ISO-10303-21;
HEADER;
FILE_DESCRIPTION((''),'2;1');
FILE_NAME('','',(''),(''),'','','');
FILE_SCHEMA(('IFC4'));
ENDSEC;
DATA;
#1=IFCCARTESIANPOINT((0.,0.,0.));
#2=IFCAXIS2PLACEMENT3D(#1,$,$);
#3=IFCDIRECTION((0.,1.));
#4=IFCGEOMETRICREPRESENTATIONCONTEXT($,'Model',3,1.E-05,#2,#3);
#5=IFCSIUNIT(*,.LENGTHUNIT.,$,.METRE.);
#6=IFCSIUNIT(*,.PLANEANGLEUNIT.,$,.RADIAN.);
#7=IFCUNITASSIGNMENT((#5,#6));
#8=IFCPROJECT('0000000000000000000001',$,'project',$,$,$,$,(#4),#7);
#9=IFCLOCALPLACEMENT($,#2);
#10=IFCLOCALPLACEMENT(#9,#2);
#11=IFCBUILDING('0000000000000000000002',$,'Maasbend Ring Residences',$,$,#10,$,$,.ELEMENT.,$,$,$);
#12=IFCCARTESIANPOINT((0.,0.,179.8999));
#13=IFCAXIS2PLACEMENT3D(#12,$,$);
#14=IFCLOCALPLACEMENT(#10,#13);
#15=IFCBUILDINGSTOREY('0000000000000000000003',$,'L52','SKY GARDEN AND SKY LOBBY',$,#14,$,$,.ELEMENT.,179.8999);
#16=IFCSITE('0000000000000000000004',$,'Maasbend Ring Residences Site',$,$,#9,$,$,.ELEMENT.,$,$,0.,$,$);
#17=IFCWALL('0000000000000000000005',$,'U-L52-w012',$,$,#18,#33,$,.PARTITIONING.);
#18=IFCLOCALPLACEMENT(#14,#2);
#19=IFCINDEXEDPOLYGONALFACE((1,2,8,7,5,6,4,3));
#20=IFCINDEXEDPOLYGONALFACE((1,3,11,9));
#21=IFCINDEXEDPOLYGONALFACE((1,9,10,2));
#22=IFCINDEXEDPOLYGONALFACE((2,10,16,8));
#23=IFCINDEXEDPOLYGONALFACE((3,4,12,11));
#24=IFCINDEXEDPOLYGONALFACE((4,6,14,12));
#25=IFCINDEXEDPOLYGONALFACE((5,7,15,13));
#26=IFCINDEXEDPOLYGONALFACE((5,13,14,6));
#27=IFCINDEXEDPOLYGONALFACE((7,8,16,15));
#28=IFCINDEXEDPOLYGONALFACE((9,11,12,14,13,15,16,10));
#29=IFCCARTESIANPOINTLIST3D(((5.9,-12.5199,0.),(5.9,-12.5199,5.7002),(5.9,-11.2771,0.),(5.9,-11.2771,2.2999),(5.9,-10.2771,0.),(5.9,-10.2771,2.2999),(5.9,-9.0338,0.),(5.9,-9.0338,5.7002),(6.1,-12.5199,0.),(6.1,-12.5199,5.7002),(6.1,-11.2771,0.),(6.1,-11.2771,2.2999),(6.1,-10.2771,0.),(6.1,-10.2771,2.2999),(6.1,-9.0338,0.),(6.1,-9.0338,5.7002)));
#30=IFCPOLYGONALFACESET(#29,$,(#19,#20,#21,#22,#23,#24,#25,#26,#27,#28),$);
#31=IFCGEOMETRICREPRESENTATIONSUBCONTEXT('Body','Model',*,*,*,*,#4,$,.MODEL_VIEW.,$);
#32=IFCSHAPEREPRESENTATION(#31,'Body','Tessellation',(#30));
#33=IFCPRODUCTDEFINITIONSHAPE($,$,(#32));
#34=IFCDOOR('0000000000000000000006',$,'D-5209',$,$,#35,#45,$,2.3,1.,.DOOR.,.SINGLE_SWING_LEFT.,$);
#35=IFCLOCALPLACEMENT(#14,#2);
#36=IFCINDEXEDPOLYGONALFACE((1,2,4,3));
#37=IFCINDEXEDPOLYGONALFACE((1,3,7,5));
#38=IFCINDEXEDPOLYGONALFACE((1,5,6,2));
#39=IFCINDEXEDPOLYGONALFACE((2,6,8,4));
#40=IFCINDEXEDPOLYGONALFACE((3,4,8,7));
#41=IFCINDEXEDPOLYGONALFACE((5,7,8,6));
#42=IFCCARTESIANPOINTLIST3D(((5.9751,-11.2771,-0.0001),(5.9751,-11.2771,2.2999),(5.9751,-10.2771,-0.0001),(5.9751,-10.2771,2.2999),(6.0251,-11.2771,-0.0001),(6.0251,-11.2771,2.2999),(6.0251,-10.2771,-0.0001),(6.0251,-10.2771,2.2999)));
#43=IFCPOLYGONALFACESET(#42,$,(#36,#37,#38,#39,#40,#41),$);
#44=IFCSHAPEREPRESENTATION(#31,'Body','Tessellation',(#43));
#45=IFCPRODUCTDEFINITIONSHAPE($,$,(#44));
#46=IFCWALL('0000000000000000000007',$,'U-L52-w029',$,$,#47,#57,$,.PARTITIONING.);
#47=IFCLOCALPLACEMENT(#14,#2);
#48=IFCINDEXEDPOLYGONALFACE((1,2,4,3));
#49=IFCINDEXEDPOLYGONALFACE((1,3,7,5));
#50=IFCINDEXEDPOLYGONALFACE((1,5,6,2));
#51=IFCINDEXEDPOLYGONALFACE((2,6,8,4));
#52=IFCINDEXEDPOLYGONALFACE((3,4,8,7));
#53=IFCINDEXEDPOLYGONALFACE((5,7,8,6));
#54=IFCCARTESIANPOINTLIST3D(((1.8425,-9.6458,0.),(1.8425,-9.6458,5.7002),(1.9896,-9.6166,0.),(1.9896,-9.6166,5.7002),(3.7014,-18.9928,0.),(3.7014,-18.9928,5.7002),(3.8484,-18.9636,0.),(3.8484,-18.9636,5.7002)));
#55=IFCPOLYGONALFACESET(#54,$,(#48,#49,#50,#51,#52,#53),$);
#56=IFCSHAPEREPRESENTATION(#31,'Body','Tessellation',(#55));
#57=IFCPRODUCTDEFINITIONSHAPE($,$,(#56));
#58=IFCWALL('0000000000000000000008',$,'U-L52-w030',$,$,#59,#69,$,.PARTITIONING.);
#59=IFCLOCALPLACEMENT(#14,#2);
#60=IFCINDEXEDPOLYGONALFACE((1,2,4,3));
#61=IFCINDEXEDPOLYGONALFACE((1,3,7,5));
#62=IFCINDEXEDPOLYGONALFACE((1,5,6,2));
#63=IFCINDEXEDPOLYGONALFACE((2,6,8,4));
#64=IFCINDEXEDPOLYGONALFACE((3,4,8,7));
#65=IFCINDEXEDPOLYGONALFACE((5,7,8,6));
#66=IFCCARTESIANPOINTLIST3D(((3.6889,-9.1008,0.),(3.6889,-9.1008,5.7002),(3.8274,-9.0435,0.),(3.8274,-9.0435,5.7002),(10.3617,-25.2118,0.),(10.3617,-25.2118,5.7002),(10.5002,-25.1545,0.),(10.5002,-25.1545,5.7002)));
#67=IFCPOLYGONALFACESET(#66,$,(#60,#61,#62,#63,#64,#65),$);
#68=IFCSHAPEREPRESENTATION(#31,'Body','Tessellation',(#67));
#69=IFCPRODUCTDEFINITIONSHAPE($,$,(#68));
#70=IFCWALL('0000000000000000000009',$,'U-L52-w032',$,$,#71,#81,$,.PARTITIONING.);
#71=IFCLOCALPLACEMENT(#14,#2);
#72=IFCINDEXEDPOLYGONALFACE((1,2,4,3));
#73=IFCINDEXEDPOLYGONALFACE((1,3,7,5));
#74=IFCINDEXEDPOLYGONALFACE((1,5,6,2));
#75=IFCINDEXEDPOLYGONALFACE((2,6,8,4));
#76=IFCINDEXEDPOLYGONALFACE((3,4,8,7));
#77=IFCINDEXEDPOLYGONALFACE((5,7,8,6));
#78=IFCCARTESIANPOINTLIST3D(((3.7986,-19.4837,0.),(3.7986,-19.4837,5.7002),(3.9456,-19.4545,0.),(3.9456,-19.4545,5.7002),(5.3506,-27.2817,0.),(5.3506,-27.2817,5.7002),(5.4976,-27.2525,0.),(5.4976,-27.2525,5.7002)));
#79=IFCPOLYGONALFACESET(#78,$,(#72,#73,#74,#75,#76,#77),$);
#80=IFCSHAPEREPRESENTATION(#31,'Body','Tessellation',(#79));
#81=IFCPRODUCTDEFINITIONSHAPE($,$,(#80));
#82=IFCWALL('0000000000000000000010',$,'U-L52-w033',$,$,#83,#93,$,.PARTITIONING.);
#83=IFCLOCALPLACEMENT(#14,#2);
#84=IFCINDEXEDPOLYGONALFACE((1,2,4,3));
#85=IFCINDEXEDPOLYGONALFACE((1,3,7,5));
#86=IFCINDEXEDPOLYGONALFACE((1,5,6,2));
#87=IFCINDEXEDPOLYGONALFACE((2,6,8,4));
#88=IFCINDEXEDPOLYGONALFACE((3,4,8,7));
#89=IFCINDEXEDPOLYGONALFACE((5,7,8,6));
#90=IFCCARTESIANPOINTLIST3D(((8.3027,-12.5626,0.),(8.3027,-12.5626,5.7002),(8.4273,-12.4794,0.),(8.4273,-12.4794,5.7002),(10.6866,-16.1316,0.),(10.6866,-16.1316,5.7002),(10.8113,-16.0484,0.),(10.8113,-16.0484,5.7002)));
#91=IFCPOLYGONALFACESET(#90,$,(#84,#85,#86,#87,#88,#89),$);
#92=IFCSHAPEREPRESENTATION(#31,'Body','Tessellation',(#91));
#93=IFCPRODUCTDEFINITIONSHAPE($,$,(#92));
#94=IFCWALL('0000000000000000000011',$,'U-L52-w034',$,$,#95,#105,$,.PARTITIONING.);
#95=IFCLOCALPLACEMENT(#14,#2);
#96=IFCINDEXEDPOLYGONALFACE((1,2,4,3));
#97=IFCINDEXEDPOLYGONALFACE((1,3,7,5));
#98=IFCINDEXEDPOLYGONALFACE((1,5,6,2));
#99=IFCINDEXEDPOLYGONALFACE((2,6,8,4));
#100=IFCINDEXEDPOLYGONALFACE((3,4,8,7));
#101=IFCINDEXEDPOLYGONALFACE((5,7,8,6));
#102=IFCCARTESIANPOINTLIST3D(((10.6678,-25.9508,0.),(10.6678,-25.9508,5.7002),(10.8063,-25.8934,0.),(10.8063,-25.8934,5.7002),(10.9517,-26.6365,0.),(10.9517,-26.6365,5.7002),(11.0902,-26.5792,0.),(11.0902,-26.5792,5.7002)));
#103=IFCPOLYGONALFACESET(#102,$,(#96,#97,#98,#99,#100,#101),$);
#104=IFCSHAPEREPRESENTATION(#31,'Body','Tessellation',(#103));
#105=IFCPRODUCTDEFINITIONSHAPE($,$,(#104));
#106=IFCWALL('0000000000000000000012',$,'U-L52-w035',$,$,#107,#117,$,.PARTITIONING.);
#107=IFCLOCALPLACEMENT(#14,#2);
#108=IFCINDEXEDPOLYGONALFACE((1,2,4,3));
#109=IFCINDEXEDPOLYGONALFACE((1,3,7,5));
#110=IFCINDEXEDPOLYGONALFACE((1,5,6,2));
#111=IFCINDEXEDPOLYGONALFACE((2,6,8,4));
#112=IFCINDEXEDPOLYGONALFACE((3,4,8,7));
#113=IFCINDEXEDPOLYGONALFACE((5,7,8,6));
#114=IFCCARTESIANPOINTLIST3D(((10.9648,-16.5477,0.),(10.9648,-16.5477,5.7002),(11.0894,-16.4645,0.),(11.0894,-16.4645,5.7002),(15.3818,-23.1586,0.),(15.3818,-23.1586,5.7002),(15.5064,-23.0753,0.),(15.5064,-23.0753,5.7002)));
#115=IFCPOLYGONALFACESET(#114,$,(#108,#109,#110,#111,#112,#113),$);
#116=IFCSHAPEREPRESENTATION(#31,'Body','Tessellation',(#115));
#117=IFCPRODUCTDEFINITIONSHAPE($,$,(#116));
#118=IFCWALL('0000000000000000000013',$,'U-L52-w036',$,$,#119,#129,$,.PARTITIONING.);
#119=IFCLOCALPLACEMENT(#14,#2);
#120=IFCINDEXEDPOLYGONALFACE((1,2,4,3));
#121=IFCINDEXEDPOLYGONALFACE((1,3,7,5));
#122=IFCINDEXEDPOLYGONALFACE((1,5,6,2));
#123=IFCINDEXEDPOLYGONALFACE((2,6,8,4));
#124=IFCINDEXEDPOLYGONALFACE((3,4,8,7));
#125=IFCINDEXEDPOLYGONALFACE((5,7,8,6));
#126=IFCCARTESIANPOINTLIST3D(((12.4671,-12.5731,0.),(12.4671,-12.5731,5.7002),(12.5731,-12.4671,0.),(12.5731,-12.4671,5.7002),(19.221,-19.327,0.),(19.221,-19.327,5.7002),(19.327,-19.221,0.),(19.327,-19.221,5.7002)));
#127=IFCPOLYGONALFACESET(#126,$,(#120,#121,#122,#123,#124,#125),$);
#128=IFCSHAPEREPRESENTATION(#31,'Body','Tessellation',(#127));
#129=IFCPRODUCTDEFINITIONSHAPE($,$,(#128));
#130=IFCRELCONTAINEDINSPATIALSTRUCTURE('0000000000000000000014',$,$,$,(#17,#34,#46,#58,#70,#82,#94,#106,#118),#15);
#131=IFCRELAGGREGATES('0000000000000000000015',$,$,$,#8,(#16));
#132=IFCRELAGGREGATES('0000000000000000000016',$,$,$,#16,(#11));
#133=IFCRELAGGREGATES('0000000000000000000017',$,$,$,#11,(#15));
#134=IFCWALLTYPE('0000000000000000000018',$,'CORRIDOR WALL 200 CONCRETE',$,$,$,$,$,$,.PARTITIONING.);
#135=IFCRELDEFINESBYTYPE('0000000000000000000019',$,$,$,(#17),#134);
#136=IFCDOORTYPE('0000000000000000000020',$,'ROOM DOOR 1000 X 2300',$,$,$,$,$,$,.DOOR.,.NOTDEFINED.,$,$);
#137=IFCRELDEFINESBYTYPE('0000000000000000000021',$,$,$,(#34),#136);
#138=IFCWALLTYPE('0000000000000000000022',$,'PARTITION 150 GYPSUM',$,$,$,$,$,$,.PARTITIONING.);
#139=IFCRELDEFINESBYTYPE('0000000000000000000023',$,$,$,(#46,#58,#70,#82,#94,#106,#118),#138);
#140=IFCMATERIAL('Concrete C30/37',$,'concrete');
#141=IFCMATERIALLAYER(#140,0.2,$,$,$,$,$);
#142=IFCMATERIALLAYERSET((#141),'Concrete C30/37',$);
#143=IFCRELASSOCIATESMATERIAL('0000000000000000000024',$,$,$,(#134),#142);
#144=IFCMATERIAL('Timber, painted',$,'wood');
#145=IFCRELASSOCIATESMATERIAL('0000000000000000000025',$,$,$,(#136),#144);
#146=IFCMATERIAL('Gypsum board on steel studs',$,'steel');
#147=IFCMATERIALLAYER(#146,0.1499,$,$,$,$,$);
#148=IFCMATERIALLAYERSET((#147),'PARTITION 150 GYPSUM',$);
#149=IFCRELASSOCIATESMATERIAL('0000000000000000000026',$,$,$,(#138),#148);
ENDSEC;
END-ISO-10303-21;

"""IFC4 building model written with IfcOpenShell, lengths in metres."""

from ifc_helpers import new_model, si_unit, direction, frame, frame_2d, origin, place, context, subcontext, project, spatial, rectangle, extrude, material, layer, layer_set, type_object, element, fill, save


model = new_model("IFC4")

# Units and contexts
model_context = context("Model", 3, precision=1e-05, world=origin(), true_north=direction((0.0, 1.0)))
body_context = subcontext(model_context, "Body", "Model", "MODEL_VIEW")
ifc_project = project(units=[si_unit("LENGTHUNIT", "METRE"), si_unit("PLANEANGLEUNIT", "RADIAN")], contexts=[model_context])

# Site, building, storey
site_placement = place(None, origin())
site = spatial("IfcSite", under=ifc_project, at=site_placement, Name="Maasbend Ring Residences Site", CompositionType="ELEMENT", RefElevation=0.0)
building_placement = place(site_placement, origin())
building = spatial("IfcBuilding", under=site, at=building_placement, Name="Maasbend Ring Residences", CompositionType="ELEMENT")
storey_placement = place(building_placement, frame((0.0, 0.0, 179.8999)))
storey = spatial("IfcBuildingStorey", under=building, at=storey_placement, Name="L52", Description="SKY GARDEN AND SKY LOBBY", CompositionType="ELEMENT", Elevation=179.8999)

# Shared definitions
ifc_material_1 = material(Name="Concrete C30/37", Category="concrete")
ifc_layer_1 = layer(ifc_material_1, 0.2)
ifc_layer_set_1 = layer_set([ifc_layer_1], Name="Concrete C30/37")
wall_type_1 = type_object("IfcWallType", Name="CORRIDOR WALL 200 CONCRETE", PredefinedType="PARTITIONING", material=ifc_layer_set_1)
ifc_material_2 = material(Name="Timber, painted", Category="wood")
door_type_1 = type_object("IfcDoorType", Name="ROOM DOOR 1000 X 2300", OperationType="NOTDEFINED", PredefinedType="DOOR", material=ifc_material_2)

# Wall, opening, door
wall_1_placement = place(storey_placement, frame((6.0, -12.52, 0.0), z_axis=(0.0, 0.0, 1.0), x_axis=(0.0, 1.0, 0.0)))
wall_1 = element("IfcWall", 1, at=wall_1_placement, inside=storey, type_object=wall_type_1, Name="U-L52-w012", PredefinedType="PARTITIONING", context=body_context, shape_type="SweptSolid", body=[
    extrude(rectangle(XDim=3.4861, YDim=0.2, at=frame_2d((1.7432, 0.0))), origin(), (0.0, 0.0, 1.0), 5.7002),
])
opening_1_placement = place(wall_1_placement, frame((1.2429, 0.0, 0.0)))
opening_1 = element("IfcOpeningElement", 2, at=opening_1_placement, cuts=wall_1, PredefinedType="OPENING", context=body_context, shape_type="SweptSolid", body=[
    extrude(rectangle(XDim=1.0, YDim=2.3, at=frame_2d((0.5, 1.1499))), frame((0.0, 0.1099, 0.0), z_axis=(0.0, -1.0, 0.0), x_axis=(1.0, 0.0, 0.0)), (0.0, 0.0, 1.0), 0.22),
])
door_1_placement = place(opening_1_placement, origin())
door_1 = element("IfcDoor", 3, at=door_1_placement, inside=storey, type_object=door_type_1, Name="D-5209", OperationType="SINGLE_SWING_LEFT", OverallHeight=2.3, OverallWidth=1.0, PredefinedType="DOOR", context=body_context, shape_type="SweptSolid", body=[
    extrude(rectangle(XDim=1.0, YDim=2.3, at=frame_2d((0.5, 1.1499))), frame((0.0, 0.0249, 0.0), z_axis=(0.0, -1.0, 0.0), x_axis=(1.0, 0.0, 0.0)), (0.0, 0.0, 1.0), 0.05),
])
fill(opening_1, door_1)

# Walls
ifc_material_3 = material(Name="Gypsum board on steel studs", Category="steel")
ifc_layer_2 = layer(ifc_material_3, 0.1499)
ifc_layer_set_2 = layer_set([ifc_layer_2], Name="PARTITION 150 GYPSUM")
wall_type_2 = type_object("IfcWallType", Name="PARTITION 150 GYPSUM", PredefinedType="PARTITIONING", material=ifc_layer_set_2)
wall_2_placement = place(storey_placement, frame((1.916, -9.6311, 0.0), z_axis=(0.0, 0.0, 1.0), x_axis=(0.195057, -0.980792, 0.0)))
element("IfcWall", 4, at=wall_2_placement, inside=storey, type_object=wall_type_2, Name="U-L52-w029", PredefinedType="PARTITIONING", context=body_context, shape_type="SweptSolid", body=[
    extrude(rectangle(XDim=9.53, YDim=0.1499, at=frame_2d((4.7651, 0.0))), origin(), (0.0, 0.0, 1.0), 5.7002),
])
wall_3_placement = place(storey_placement, frame((3.7581, -9.072, 0.0), z_axis=(0.0, 0.0, 1.0), x_axis=(0.382655, -0.923891, 0.0)))
element("IfcWall", 5, at=wall_3_placement, inside=storey, type_object=wall_type_2, Name="U-L52-w030", PredefinedType="PARTITIONING", context=body_context, shape_type="SweptSolid", body=[
    extrude(rectangle(XDim=17.4382, YDim=0.1499, at=frame_2d((8.7192, 0.0))), origin(), (0.0, 0.0, 1.0), 5.7002),
])
wall_4_placement = place(storey_placement, frame((3.8721, -19.469, 0.0), z_axis=(0.0, 0.0, 1.0), x_axis=(0.195195, -0.980764, 0.0)))
element("IfcWall", 6, at=wall_4_placement, inside=storey, type_object=wall_type_2, Name="U-L52-w032", PredefinedType="PARTITIONING", context=body_context, shape_type="SweptSolid", body=[
    extrude(rectangle(XDim=7.9509, YDim=0.1499, at=frame_2d((3.9756, 0.0))), origin(), (0.0, 0.0, 1.0), 5.7002),
])
wall_5_placement = place(storey_placement, frame((8.365, -12.521, 0.0), z_axis=(0.0, 0.0, 1.0), x_axis=(0.555448, -0.831551, 0.0)))
element("IfcWall", 7, at=wall_5_placement, inside=storey, type_object=wall_type_2, Name="U-L52-w033", PredefinedType="PARTITIONING", context=body_context, shape_type="SweptSolid", body=[
    extrude(rectangle(XDim=4.292, YDim=0.1499, at=frame_2d((2.146, 0.0))), origin(), (0.0, 0.0, 1.0), 5.7002),
])
wall_6_placement = place(storey_placement, frame((10.7371, -25.9221, 0.0), z_axis=(0.0, 0.0, 1.0), x_axis=(0.382536, -0.923941, 0.0)))
element("IfcWall", 8, at=wall_6_placement, inside=storey, type_object=wall_type_2, Name="U-L52-w034", PredefinedType="PARTITIONING", context=body_context, shape_type="SweptSolid", body=[
    extrude(rectangle(XDim=0.7422, YDim=0.1499, at=frame_2d((0.3711, 0.0))), origin(), (0.0, 0.0, 1.0), 5.7002),
])
wall_7_placement = place(storey_placement, frame((11.0271, -16.5061, 0.0), z_axis=(0.0, 0.0, 1.0), x_axis=(0.55555, -0.831483, 0.0)))
element("IfcWall", 9, at=wall_7_placement, inside=storey, type_object=wall_type_2, Name="U-L52-w035", PredefinedType="PARTITIONING", context=body_context, shape_type="SweptSolid", body=[
    extrude(rectangle(XDim=7.9507, YDim=0.1499, at=frame_2d((3.9753, 0.0))), origin(), (0.0, 0.0, 1.0), 5.7002),
])
wall_8_placement = place(storey_placement, frame((12.52, -12.52, 0.0), z_axis=(0.0, 0.0, 1.0), x_axis=(0.707107, -0.707107, 0.0)))
element("IfcWall", 10, at=wall_8_placement, inside=storey, type_object=wall_type_2, Name="U-L52-w036", PredefinedType="PARTITIONING", context=body_context, shape_type="SweptSolid", body=[
    extrude(rectangle(XDim=9.5515, YDim=0.1499, at=frame_2d((4.7759, 0.0))), origin(), (0.0, 0.0, 1.0), 5.7002),
])

save(model, "model.ifc")
